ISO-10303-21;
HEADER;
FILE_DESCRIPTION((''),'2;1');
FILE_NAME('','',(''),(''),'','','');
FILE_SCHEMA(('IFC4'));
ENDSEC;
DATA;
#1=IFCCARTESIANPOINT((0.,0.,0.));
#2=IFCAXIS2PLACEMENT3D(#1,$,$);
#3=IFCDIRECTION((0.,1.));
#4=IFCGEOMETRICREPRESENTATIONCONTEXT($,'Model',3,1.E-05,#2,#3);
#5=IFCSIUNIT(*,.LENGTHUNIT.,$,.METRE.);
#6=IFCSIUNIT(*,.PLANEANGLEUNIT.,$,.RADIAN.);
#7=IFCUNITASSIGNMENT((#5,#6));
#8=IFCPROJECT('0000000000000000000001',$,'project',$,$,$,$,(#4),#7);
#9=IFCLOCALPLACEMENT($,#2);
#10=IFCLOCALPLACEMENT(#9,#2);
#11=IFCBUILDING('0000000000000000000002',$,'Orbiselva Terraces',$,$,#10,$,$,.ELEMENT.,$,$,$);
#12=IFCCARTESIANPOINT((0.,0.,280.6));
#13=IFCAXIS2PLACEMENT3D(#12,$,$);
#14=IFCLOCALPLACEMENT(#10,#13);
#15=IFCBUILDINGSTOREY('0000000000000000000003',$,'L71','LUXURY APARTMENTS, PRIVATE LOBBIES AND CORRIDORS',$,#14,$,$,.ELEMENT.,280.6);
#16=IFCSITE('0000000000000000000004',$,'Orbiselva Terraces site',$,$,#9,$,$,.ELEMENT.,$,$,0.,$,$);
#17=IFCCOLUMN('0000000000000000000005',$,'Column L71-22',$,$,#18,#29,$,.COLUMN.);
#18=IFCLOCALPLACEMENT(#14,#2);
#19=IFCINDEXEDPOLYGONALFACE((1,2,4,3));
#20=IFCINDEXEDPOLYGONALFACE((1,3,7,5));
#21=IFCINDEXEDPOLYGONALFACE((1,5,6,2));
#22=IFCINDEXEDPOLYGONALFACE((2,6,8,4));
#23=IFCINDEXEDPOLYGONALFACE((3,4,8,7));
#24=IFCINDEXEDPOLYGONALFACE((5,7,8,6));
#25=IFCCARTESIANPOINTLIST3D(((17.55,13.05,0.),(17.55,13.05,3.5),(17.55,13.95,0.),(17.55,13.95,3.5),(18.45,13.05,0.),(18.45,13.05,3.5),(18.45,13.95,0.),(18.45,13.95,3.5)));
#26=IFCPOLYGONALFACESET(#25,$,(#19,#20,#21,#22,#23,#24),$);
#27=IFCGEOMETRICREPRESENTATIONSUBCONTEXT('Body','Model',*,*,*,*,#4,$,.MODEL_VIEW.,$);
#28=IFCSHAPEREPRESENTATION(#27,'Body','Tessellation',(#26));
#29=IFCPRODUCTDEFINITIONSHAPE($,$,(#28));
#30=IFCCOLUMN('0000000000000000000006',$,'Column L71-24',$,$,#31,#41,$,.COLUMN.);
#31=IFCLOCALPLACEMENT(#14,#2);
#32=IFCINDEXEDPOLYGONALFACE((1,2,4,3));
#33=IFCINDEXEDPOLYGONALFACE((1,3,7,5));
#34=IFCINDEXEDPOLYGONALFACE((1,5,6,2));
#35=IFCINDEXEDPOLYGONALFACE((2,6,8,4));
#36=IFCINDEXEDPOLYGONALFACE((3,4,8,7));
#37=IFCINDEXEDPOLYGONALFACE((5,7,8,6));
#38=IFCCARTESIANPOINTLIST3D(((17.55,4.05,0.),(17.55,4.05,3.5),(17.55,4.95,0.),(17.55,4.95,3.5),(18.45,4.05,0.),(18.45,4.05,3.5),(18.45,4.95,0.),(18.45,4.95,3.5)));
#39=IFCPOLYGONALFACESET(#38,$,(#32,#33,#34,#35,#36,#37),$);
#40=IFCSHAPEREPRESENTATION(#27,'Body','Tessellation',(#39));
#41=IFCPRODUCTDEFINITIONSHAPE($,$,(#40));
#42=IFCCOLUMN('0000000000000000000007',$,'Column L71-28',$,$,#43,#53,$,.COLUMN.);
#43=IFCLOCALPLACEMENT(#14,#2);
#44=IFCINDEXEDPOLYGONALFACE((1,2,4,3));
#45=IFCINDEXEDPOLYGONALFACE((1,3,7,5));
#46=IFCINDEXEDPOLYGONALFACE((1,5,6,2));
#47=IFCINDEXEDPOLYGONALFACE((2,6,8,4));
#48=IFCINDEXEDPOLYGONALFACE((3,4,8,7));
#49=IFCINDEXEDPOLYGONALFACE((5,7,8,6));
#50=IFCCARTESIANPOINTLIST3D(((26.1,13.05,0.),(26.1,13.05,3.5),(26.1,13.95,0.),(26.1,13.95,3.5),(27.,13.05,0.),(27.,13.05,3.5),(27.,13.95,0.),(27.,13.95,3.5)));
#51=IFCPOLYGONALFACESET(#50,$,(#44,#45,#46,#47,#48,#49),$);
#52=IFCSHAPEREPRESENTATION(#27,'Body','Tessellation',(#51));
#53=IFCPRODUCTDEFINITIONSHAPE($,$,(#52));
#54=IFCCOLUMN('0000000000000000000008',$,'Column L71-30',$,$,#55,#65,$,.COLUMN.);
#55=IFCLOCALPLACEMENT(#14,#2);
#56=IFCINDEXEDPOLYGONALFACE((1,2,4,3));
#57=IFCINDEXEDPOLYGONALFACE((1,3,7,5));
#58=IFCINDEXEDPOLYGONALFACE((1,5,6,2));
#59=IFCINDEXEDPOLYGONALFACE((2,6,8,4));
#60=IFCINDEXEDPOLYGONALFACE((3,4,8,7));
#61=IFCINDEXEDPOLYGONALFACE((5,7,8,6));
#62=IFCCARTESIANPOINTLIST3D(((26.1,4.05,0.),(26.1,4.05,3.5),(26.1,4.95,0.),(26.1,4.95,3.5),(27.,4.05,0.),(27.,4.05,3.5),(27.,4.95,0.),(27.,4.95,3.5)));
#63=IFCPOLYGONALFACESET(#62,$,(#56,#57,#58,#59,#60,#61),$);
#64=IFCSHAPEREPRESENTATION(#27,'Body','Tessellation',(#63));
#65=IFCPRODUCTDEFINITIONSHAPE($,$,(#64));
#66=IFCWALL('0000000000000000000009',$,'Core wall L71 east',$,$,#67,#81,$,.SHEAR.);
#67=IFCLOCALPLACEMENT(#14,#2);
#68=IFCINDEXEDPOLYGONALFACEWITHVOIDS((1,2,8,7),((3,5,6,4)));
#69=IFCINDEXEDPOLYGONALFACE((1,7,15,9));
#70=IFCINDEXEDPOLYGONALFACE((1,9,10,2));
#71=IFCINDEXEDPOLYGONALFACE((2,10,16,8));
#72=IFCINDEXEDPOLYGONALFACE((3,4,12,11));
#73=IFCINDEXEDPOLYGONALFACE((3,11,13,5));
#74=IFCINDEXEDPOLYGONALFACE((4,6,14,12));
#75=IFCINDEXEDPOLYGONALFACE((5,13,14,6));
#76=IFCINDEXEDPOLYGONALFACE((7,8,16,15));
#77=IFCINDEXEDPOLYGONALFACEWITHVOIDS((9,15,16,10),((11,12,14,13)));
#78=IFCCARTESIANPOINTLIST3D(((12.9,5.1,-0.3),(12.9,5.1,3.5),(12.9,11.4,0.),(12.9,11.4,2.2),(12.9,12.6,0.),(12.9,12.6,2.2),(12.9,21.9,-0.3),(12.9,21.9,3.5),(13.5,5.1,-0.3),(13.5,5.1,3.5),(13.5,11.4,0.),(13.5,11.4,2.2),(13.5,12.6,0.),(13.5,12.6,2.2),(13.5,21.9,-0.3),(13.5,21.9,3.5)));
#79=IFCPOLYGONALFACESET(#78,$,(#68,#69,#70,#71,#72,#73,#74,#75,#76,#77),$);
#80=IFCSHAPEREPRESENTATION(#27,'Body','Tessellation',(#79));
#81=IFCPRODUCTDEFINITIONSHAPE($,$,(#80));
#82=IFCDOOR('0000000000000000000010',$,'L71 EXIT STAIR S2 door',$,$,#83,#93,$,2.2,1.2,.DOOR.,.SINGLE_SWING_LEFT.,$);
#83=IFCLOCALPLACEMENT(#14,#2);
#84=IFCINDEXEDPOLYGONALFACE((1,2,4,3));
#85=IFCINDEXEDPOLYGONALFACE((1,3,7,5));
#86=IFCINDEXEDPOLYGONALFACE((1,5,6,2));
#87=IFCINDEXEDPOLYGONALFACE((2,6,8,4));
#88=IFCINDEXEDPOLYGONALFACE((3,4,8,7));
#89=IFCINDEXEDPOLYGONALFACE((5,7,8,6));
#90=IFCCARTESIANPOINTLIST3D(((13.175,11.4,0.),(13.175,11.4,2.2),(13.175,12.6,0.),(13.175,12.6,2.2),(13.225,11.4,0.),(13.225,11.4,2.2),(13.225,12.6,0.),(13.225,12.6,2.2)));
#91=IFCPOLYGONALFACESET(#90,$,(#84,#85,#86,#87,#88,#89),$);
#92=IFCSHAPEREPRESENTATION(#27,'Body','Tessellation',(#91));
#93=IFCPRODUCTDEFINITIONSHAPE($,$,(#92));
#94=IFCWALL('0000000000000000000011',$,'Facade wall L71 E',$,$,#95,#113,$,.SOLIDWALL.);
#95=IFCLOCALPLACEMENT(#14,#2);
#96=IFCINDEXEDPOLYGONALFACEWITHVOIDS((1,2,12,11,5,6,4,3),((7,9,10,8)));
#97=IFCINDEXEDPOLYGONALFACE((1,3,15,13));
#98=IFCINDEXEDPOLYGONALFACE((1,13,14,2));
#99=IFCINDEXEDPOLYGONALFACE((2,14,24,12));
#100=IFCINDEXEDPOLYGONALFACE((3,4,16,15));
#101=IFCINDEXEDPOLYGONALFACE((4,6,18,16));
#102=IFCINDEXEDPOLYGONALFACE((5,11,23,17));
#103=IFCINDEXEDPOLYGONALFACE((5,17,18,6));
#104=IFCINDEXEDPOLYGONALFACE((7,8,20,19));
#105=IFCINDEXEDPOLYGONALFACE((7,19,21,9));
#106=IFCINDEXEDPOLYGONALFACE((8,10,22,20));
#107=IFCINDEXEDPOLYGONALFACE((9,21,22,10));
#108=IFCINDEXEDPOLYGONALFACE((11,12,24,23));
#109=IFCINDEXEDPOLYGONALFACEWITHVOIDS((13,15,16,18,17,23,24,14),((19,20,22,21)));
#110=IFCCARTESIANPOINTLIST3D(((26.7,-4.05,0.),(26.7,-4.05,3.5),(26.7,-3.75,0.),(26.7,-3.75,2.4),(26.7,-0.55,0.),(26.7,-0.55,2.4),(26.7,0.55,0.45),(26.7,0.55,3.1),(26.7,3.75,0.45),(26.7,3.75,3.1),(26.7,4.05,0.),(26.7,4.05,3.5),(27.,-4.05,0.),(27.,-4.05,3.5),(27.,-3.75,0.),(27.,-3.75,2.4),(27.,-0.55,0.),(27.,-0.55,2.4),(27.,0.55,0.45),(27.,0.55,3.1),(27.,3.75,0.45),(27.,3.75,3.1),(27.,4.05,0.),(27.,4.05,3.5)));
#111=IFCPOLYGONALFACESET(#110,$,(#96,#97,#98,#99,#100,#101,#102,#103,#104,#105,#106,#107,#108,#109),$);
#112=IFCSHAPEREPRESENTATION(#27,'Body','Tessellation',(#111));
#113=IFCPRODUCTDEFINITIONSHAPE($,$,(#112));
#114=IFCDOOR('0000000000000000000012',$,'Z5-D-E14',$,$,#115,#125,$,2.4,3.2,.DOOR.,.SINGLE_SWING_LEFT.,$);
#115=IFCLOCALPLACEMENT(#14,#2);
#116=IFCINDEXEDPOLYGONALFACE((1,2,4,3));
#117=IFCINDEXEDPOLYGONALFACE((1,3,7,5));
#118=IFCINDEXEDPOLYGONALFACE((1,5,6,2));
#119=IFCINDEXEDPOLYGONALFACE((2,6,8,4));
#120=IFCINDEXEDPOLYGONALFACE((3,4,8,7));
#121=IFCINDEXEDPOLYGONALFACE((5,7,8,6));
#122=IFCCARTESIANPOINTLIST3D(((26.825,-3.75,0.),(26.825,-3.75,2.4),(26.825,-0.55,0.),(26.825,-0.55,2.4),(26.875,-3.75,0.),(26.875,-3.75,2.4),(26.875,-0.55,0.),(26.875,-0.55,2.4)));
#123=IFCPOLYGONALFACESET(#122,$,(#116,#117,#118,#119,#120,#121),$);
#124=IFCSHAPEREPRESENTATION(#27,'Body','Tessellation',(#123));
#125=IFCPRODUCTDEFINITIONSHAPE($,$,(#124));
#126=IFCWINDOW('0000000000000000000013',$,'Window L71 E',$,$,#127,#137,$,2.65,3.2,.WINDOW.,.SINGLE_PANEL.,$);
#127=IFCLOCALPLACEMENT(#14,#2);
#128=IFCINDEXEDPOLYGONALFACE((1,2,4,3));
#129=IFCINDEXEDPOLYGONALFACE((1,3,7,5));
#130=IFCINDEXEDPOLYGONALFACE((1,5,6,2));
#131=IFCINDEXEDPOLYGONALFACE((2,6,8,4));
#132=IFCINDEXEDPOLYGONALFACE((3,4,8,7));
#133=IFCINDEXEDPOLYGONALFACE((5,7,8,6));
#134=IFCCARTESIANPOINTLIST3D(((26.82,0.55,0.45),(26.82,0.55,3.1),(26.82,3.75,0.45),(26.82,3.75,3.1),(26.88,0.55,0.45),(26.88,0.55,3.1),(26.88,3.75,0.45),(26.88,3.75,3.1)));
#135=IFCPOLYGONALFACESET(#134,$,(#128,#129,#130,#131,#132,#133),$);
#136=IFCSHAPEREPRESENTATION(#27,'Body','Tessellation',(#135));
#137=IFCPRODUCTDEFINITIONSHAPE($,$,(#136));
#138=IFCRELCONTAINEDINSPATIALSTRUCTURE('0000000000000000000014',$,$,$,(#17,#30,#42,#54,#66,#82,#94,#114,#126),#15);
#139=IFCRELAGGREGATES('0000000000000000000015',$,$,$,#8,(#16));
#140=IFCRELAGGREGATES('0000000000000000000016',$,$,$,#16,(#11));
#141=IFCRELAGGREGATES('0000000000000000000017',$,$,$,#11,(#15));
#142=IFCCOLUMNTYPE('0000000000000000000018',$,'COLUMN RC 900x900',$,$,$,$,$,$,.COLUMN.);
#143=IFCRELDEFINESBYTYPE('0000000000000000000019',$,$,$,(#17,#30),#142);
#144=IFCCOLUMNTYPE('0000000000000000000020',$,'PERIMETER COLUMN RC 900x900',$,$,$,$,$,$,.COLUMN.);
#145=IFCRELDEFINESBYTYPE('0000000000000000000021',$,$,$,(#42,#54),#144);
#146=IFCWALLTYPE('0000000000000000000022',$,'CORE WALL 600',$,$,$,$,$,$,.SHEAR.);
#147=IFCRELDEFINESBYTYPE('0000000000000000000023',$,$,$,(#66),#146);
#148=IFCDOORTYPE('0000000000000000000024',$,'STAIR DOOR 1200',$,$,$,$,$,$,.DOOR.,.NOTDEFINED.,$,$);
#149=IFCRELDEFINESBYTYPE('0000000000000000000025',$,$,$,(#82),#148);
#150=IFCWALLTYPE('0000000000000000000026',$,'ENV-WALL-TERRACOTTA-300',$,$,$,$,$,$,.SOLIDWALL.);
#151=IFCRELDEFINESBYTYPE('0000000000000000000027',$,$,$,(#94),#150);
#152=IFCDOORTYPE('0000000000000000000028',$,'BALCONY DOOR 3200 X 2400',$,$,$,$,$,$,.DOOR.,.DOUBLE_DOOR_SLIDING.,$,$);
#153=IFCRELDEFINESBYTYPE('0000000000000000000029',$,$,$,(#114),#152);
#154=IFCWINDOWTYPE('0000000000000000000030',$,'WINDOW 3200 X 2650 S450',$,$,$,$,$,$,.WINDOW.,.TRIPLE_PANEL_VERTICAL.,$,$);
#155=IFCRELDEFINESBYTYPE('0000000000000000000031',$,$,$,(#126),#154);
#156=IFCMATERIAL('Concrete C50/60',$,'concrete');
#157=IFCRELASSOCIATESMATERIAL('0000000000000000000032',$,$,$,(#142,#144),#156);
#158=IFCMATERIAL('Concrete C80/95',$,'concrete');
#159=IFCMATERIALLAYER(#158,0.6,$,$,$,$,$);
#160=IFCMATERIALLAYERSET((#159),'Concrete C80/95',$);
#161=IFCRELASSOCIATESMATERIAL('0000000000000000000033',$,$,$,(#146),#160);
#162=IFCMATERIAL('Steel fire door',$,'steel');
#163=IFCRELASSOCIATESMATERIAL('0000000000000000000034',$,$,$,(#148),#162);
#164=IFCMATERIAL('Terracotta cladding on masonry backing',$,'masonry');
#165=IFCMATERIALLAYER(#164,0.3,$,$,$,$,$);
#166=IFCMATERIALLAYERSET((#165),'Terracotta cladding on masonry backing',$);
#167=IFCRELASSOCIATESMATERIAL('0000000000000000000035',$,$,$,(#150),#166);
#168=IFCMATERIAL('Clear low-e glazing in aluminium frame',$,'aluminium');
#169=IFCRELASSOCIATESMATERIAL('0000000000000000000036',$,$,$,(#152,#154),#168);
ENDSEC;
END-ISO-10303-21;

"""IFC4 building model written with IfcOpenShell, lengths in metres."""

from ifc_helpers import new_model, si_unit, direction, frame, frame_2d, origin, origin_2d, place, context, subcontext, project, spatial, rectangle, extrude, material, layer, layer_set, material_profile, profile_set, type_object, element, fill, save


model = new_model("IFC4")

# Units and contexts
model_context = context("Model", 3, precision=1e-05, world=origin(), true_north=direction((0.0, 1.0)))
body_context = subcontext(model_context, "Body", "Model", "MODEL_VIEW")
ifc_project = project(units=[si_unit("LENGTHUNIT", "METRE"), si_unit("PLANEANGLEUNIT", "RADIAN")], contexts=[model_context])

# Site, building, storey
site_placement = place(None, origin())
site = spatial("IfcSite", under=ifc_project, at=site_placement, Name="Orbiselva Terraces site", CompositionType="ELEMENT", RefElevation=0.0)
building_placement = place(site_placement, origin())
building = spatial("IfcBuilding", under=site, at=building_placement, Name="Orbiselva Terraces", CompositionType="ELEMENT")
storey_placement = place(building_placement, frame((0.0, 0.0, 280.6)))
storey = spatial("IfcBuildingStorey", under=building, at=storey_placement, Name="L71", Description="LUXURY APARTMENTS, PRIVATE LOBBIES AND CORRIDORS", CompositionType="ELEMENT", Elevation=280.6)

# Columns
ifc_material_1 = material(Name="Concrete C50/60", Category="concrete")
ifc_material_profile_1 = material_profile(ifc_material_1, rectangle(XDim=0.9, YDim=0.9, at=origin_2d()), Name="RC 900x900")
ifc_profile_set_1 = profile_set([ifc_material_profile_1], Name="Concrete C50/60")
column_type_1 = type_object("IfcColumnType", Name="COLUMN RC 900x900", PredefinedType="COLUMN", material=ifc_profile_set_1)
for number, where, z_axis, x_axis, name in (
    (1, (18.0, 13.5, 0.0), (0.0, 0.0, 1.0), (1.0, 0.0, 0.0), "Column L71-22"),
    (2, (18.0, 4.5, 0.0), (0.0, 0.0, 1.0), (1.0, 0.0, 0.0), "Column L71-24"),
):
    element("IfcColumn", number, at=place(storey_placement, frame(where, z_axis=z_axis, x_axis=x_axis)), inside=storey, type_object=column_type_1, Name=name, PredefinedType="COLUMN", context=body_context, shape_type="SweptSolid", body=[
        extrude(rectangle(XDim=0.9, YDim=0.9, at=origin_2d()), origin(), (0.0, 0.0, 1.0), 3.5),
    ])
ifc_material_profile_2 = material_profile(ifc_material_1, rectangle(XDim=0.9, YDim=0.9, at=origin_2d()), Name="RC 900x900")
ifc_profile_set_2 = profile_set([ifc_material_profile_2], Name="Concrete C50/60")
column_type_2 = type_object("IfcColumnType", Name="PERIMETER COLUMN RC 900x900", PredefinedType="COLUMN", material=ifc_profile_set_2)
for number, where, z_axis, x_axis, name in (
    (3, (26.55, 13.5, 0.0), (0.0, 0.0, 1.0), (1.0, 0.0, 0.0), "Column L71-28"),
    (4, (26.55, 4.5, 0.0), (0.0, 0.0, 1.0), (1.0, 0.0, 0.0), "Column L71-30"),
):
    element("IfcColumn", number, at=place(storey_placement, frame(where, z_axis=z_axis, x_axis=x_axis)), inside=storey, type_object=column_type_2, Name=name, PredefinedType="COLUMN", context=body_context, shape_type="SweptSolid", body=[
        extrude(rectangle(XDim=0.9, YDim=0.9, at=origin_2d()), origin(), (0.0, 0.0, 1.0), 3.5),
    ])

# Wall, opening, door
ifc_material_2 = material(Name="Concrete C80/95", Category="concrete")
ifc_layer_1 = layer(ifc_material_2, 0.6)
ifc_layer_set_1 = layer_set([ifc_layer_1], Name="Concrete C80/95")
wall_type_1 = type_object("IfcWallType", Name="CORE WALL 600", PredefinedType="SHEAR", material=ifc_layer_set_1)
wall_1_placement = place(storey_placement, frame((13.2, 5.1, -0.3), z_axis=(0.0, 0.0, 1.0), x_axis=(0.0, 1.0, 0.0)))
wall_1 = element("IfcWall", 5, at=wall_1_placement, inside=storey, type_object=wall_type_1, Name="Core wall L71 east", PredefinedType="SHEAR", context=body_context, shape_type="SweptSolid", body=[
    extrude(rectangle(XDim=16.8, YDim=0.6, at=frame_2d((8.4, 0.0))), origin(), (0.0, 0.0, 1.0), 3.8),
])
opening_1_placement = place(wall_1_placement, frame((6.3, 0.0, 0.3)))
opening_1 = element("IfcOpeningElement", 6, at=opening_1_placement, cuts=wall_1, PredefinedType="OPENING", context=body_context, shape_type="SweptSolid", body=[
    extrude(rectangle(XDim=1.2, YDim=2.2, at=frame_2d((0.6, 1.1))), frame((0.0, 0.31, 0.0), z_axis=(0.0, -1.0, 0.0), x_axis=(1.0, 0.0, 0.0)), (0.0, 0.0, 1.0), 0.62),
])
ifc_material_3 = material(Name="Steel fire door", Category="steel")
door_type_1 = type_object("IfcDoorType", Name="STAIR DOOR 1200", OperationType="NOTDEFINED", PredefinedType="DOOR", material=ifc_material_3)
door_1_placement = place(opening_1_placement, frame((1.2, 0.0, 0.0), z_axis=(0.0, 0.0, 1.0), x_axis=(-1.0, 0.0, 0.0)))
door_1 = element("IfcDoor", 7, at=door_1_placement, inside=storey, type_object=door_type_1, Name="L71 EXIT STAIR S2 door", OperationType="SINGLE_SWING_LEFT", OverallHeight=2.2, OverallWidth=1.2, PredefinedType="DOOR", context=body_context, shape_type="SweptSolid", body=[
    extrude(rectangle(XDim=1.2, YDim=2.2, at=frame_2d((0.6, 1.1))), frame((0.0, 0.025, 0.0), z_axis=(0.0, -1.0, 0.0), x_axis=(1.0, 0.0, 0.0)), (0.0, 0.0, 1.0), 0.05),
])
fill(opening_1, door_1)

# Wall, openings, door, window
ifc_material_4 = material(Name="Terracotta cladding on masonry backing", Category="masonry")
ifc_layer_2 = layer(ifc_material_4, 0.3)
ifc_layer_set_2 = layer_set([ifc_layer_2], Name="Terracotta cladding on masonry backing")
wall_type_2 = type_object("IfcWallType", Name="ENV-WALL-TERRACOTTA-300", PredefinedType="SOLIDWALL", material=ifc_layer_set_2)
wall_2_placement = place(storey_placement, frame((26.85, 4.05, 0.0), z_axis=(0.0, 0.0, 1.0), x_axis=(0.0, -1.0, 0.0)))
wall_2 = element("IfcWall", 8, at=wall_2_placement, inside=storey, type_object=wall_type_2, Name="Facade wall L71 E", PredefinedType="SOLIDWALL", context=body_context, shape_type="SweptSolid", body=[
    extrude(rectangle(XDim=8.1, YDim=0.3, at=frame_2d((4.05, 0.0))), origin(), (0.0, 0.0, 1.0), 3.5),
])
opening_2_placement = place(wall_2_placement, frame((4.6, 0.0, 0.0)))
opening_2 = element("IfcOpeningElement", 9, at=opening_2_placement, cuts=wall_2, PredefinedType="OPENING", context=body_context, shape_type="SweptSolid", body=[
    extrude(rectangle(XDim=3.2, YDim=2.4, at=frame_2d((1.6, 1.2))), frame((0.0, 0.16, 0.0), z_axis=(0.0, -1.0, 0.0), x_axis=(1.0, 0.0, 0.0)), (0.0, 0.0, 1.0), 0.32),
])
opening_3_placement = place(wall_2_placement, frame((0.3, 0.0, 0.45)))
opening_3 = element("IfcOpeningElement", 10, at=opening_3_placement, cuts=wall_2, PredefinedType="OPENING", context=body_context, shape_type="SweptSolid", body=[
    extrude(rectangle(XDim=3.2, YDim=2.65, at=frame_2d((1.6, 1.325))), frame((0.0, 0.16, 0.0), z_axis=(0.0, -1.0, 0.0), x_axis=(1.0, 0.0, 0.0)), (0.0, 0.0, 1.0), 0.32),
])
ifc_material_5 = material(Name="Clear low-e glazing in aluminium frame", Category="aluminium")
door_type_2 = type_object("IfcDoorType", Name="BALCONY DOOR 3200 X 2400", OperationType="DOUBLE_DOOR_SLIDING", PredefinedType="DOOR", material=ifc_material_5)
door_2_placement = place(opening_2_placement, origin())
door_2 = element("IfcDoor", 11, at=door_2_placement, inside=storey, type_object=door_type_2, Name="Z5-D-E14", OperationType="SINGLE_SWING_LEFT", OverallHeight=2.4, OverallWidth=3.2, PredefinedType="DOOR", context=body_context, shape_type="SweptSolid", body=[
    extrude(rectangle(XDim=3.2, YDim=2.4, at=frame_2d((1.6, 1.2))), frame((0.0, 0.025, 0.0), z_axis=(0.0, -1.0, 0.0), x_axis=(1.0, 0.0, 0.0)), (0.0, 0.0, 1.0), 0.05),
])
fill(opening_2, door_2)
window_type = type_object("IfcWindowType", Name="WINDOW 3200 X 2650 S450", PartitioningType="TRIPLE_PANEL_VERTICAL", PredefinedType="WINDOW", material=ifc_material_5)
window_1_placement = place(opening_3_placement, origin())
window_1 = element("IfcWindow", 12, at=window_1_placement, inside=storey, type_object=window_type, Name="Window L71 E", OverallHeight=2.65, OverallWidth=3.2, PartitioningType="SINGLE_PANEL", PredefinedType="WINDOW", context=body_context, shape_type="SweptSolid", body=[
    extrude(rectangle(XDim=3.2, YDim=2.65, at=frame_2d((1.6, 1.325))), frame((0.0, 0.03, 0.0), z_axis=(0.0, -1.0, 0.0), x_axis=(1.0, 0.0, 0.0)), (0.0, 0.0, 1.0), 0.06),
])
fill(opening_3, window_1)

save(model, "model.ifc")
